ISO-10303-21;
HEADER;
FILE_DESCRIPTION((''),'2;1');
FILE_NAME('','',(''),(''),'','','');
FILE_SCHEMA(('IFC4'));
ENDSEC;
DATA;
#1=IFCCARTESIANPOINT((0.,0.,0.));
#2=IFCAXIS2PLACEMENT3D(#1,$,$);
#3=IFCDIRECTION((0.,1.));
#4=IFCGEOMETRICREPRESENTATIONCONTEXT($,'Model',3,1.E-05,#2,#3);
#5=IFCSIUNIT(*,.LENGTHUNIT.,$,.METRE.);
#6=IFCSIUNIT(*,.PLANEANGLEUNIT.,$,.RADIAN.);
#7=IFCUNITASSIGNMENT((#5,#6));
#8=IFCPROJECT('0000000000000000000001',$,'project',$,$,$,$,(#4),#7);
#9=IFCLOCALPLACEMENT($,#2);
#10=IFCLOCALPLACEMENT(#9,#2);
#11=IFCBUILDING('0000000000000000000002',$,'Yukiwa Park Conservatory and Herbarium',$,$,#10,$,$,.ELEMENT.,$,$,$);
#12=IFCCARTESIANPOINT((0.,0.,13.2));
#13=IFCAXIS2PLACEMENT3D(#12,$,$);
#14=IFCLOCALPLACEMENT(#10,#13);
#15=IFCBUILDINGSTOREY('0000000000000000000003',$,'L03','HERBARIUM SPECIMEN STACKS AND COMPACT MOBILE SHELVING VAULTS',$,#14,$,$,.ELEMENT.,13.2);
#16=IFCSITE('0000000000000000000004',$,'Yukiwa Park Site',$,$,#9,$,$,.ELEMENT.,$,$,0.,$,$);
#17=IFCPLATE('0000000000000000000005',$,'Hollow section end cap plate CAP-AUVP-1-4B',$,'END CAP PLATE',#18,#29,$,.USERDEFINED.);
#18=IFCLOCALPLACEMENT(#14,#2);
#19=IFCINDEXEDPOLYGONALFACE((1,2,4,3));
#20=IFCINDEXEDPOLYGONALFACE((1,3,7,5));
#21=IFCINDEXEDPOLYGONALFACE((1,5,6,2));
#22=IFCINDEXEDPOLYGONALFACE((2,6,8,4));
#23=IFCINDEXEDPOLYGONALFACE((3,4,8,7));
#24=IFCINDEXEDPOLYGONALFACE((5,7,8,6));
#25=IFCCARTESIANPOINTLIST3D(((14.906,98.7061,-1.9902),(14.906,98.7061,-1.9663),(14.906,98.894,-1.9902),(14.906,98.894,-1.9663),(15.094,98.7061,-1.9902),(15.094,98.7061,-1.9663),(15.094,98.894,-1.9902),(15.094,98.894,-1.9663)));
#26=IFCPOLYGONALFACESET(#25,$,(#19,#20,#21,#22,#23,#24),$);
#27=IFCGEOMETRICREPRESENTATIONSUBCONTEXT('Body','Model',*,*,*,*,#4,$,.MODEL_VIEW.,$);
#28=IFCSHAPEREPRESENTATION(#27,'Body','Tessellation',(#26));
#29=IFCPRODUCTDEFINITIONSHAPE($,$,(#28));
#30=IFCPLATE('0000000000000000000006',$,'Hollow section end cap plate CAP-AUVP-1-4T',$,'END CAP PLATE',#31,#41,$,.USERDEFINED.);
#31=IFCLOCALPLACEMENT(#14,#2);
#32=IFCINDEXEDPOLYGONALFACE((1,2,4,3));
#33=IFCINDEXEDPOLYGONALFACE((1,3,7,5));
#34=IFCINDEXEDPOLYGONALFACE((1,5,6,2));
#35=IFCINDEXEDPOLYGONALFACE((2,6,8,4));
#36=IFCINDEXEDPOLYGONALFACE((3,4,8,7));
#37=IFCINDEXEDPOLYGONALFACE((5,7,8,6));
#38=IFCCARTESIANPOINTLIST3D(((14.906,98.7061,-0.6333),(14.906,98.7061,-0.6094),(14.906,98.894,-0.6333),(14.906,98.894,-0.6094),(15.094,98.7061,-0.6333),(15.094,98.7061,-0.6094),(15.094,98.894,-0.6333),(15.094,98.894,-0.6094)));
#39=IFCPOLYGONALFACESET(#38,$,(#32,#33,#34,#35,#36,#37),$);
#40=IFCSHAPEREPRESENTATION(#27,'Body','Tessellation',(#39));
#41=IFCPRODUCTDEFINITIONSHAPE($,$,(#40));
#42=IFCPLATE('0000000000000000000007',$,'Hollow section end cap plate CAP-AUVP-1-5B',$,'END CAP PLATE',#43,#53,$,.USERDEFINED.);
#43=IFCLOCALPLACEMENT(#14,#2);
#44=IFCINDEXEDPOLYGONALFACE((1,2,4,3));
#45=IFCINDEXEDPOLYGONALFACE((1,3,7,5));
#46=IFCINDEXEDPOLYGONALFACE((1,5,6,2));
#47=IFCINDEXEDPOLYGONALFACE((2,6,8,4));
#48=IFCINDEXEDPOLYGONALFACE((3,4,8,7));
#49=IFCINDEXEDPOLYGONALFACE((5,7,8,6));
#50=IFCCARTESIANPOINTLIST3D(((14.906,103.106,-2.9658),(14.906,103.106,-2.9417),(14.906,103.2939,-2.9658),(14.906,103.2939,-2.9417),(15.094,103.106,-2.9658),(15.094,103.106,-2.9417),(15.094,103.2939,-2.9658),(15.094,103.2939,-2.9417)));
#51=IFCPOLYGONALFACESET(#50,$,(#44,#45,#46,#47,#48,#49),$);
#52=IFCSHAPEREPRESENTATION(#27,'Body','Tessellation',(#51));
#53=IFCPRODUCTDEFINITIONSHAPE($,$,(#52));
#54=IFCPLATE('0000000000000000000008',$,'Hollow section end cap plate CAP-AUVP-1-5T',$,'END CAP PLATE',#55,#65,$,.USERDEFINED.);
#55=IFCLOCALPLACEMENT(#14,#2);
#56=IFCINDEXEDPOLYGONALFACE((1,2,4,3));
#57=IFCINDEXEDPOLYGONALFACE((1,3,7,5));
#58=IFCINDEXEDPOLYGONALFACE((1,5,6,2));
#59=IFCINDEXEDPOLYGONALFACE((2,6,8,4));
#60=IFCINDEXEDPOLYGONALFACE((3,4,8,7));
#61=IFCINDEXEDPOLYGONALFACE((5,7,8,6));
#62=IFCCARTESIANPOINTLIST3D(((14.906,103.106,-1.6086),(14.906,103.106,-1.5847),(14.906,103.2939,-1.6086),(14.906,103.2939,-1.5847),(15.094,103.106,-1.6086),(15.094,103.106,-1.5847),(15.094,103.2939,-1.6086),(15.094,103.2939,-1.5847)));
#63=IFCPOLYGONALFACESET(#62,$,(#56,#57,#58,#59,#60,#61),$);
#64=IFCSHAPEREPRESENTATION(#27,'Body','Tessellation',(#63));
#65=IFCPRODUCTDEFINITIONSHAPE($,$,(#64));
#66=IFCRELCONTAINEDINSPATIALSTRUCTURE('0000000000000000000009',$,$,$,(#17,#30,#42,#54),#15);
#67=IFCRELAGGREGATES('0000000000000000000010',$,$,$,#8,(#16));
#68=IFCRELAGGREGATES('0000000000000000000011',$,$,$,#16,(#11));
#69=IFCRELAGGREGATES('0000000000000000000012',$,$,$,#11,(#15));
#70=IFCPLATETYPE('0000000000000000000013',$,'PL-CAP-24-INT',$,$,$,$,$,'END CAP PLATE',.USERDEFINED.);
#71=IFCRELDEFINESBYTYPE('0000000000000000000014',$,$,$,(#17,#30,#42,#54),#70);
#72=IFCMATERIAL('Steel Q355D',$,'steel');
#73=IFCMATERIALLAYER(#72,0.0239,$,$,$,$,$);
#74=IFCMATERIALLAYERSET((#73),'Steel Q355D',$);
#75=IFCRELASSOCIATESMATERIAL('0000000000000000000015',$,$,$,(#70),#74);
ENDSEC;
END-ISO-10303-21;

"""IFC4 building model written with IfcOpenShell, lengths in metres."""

from ifc_helpers import new_model, si_unit, direction, frame, origin, origin_2d, place, context, subcontext, project, spatial, rectangle, extrude, material, layer, layer_set, type_object, element, save


model = new_model("IFC4")

# Units and contexts
model_context = context("Model", 3, precision=1e-05, world=origin(), true_north=direction((0.0, 1.0)))
body_context = subcontext(model_context, "Body", "Model", "MODEL_VIEW")
ifc_project = project(units=[si_unit("LENGTHUNIT", "METRE"), si_unit("PLANEANGLEUNIT", "RADIAN")], contexts=[model_context])

# Site, building, storey
site_placement = place(None, origin())
site = spatial("IfcSite", under=ifc_project, at=site_placement, Name="Yukiwa Park Site", CompositionType="ELEMENT", RefElevation=0.0)
building_placement = place(site_placement, origin())
building = spatial("IfcBuilding", under=site, at=building_placement, Name="Yukiwa Park Conservatory and Herbarium", CompositionType="ELEMENT")
storey_placement = place(building_placement, frame((0.0, 0.0, 13.2)))
storey = spatial("IfcBuildingStorey", under=building, at=storey_placement, Name="L03", Description="HERBARIUM SPECIMEN STACKS AND COMPACT MOBILE SHELVING VAULTS", CompositionType="ELEMENT", Elevation=13.2)

# Plates
ifc_material_1 = material(Name="Steel Q355D", Category="steel")
ifc_layer_1 = layer(ifc_material_1, 0.0239)
ifc_layer_set_1 = layer_set([ifc_layer_1], Name="Steel Q355D")
plate_type_1 = type_object("IfcPlateType", Name="PL-CAP-24-INT", ElementType="END CAP PLATE", PredefinedType="USERDEFINED", material=ifc_layer_set_1)
for number, where, z_axis, x_axis, name in (
    (1, (15.0, 98.8, -1.9663), (0.0, 0.0, -1.0), (1.0, 0.0, 0.0), "Hollow section end cap plate CAP-AUVP-1-4B"),
    (2, (15.0, 98.8, -0.6333), (0.0, 0.0, 1.0), (1.0, 0.0, 0.0), "Hollow section end cap plate CAP-AUVP-1-4T"),
):
    element("IfcPlate", number, at=place(storey_placement, frame(where, z_axis=z_axis, x_axis=x_axis)), inside=storey, type_object=plate_type_1, Name=name, ObjectType="END CAP PLATE", PredefinedType="USERDEFINED", context=body_context, shape_type="SweptSolid", body=[
        extrude(rectangle(XDim=0.188, YDim=0.188, at=origin_2d()), origin(), (0.0, 0.0, 1.0), 0.0239),
    ])
plate_1_placement = place(storey_placement, frame((15.0, 103.2, -2.9417), z_axis=(0.0, 0.0, -1.0), x_axis=(1.0, 0.0, 0.0)))
element("IfcPlate", 3, at=plate_1_placement, inside=storey, type_object=plate_type_1, Name="Hollow section end cap plate CAP-AUVP-1-5B", ObjectType="END CAP PLATE", PredefinedType="USERDEFINED", context=body_context, shape_type="SweptSolid", body=[
    extrude(rectangle(XDim=0.188, YDim=0.188, at=origin_2d()), origin(), (0.0, 0.0, 1.0), 0.0242),
])
plate_2_placement = place(storey_placement, frame((15.0, 103.2, -1.6086), z_axis=(0.0, 0.0, 1.0), x_axis=(1.0, 0.0, 0.0)))
element("IfcPlate", 4, at=plate_2_placement, inside=storey, type_object=plate_type_1, Name="Hollow section end cap plate CAP-AUVP-1-5T", ObjectType="END CAP PLATE", PredefinedType="USERDEFINED", context=body_context, shape_type="SweptSolid", body=[
    extrude(rectangle(XDim=0.188, YDim=0.188, at=origin_2d()), origin(), (0.0, 0.0, 1.0), 0.0239),
])

save(model, "model.ifc")
